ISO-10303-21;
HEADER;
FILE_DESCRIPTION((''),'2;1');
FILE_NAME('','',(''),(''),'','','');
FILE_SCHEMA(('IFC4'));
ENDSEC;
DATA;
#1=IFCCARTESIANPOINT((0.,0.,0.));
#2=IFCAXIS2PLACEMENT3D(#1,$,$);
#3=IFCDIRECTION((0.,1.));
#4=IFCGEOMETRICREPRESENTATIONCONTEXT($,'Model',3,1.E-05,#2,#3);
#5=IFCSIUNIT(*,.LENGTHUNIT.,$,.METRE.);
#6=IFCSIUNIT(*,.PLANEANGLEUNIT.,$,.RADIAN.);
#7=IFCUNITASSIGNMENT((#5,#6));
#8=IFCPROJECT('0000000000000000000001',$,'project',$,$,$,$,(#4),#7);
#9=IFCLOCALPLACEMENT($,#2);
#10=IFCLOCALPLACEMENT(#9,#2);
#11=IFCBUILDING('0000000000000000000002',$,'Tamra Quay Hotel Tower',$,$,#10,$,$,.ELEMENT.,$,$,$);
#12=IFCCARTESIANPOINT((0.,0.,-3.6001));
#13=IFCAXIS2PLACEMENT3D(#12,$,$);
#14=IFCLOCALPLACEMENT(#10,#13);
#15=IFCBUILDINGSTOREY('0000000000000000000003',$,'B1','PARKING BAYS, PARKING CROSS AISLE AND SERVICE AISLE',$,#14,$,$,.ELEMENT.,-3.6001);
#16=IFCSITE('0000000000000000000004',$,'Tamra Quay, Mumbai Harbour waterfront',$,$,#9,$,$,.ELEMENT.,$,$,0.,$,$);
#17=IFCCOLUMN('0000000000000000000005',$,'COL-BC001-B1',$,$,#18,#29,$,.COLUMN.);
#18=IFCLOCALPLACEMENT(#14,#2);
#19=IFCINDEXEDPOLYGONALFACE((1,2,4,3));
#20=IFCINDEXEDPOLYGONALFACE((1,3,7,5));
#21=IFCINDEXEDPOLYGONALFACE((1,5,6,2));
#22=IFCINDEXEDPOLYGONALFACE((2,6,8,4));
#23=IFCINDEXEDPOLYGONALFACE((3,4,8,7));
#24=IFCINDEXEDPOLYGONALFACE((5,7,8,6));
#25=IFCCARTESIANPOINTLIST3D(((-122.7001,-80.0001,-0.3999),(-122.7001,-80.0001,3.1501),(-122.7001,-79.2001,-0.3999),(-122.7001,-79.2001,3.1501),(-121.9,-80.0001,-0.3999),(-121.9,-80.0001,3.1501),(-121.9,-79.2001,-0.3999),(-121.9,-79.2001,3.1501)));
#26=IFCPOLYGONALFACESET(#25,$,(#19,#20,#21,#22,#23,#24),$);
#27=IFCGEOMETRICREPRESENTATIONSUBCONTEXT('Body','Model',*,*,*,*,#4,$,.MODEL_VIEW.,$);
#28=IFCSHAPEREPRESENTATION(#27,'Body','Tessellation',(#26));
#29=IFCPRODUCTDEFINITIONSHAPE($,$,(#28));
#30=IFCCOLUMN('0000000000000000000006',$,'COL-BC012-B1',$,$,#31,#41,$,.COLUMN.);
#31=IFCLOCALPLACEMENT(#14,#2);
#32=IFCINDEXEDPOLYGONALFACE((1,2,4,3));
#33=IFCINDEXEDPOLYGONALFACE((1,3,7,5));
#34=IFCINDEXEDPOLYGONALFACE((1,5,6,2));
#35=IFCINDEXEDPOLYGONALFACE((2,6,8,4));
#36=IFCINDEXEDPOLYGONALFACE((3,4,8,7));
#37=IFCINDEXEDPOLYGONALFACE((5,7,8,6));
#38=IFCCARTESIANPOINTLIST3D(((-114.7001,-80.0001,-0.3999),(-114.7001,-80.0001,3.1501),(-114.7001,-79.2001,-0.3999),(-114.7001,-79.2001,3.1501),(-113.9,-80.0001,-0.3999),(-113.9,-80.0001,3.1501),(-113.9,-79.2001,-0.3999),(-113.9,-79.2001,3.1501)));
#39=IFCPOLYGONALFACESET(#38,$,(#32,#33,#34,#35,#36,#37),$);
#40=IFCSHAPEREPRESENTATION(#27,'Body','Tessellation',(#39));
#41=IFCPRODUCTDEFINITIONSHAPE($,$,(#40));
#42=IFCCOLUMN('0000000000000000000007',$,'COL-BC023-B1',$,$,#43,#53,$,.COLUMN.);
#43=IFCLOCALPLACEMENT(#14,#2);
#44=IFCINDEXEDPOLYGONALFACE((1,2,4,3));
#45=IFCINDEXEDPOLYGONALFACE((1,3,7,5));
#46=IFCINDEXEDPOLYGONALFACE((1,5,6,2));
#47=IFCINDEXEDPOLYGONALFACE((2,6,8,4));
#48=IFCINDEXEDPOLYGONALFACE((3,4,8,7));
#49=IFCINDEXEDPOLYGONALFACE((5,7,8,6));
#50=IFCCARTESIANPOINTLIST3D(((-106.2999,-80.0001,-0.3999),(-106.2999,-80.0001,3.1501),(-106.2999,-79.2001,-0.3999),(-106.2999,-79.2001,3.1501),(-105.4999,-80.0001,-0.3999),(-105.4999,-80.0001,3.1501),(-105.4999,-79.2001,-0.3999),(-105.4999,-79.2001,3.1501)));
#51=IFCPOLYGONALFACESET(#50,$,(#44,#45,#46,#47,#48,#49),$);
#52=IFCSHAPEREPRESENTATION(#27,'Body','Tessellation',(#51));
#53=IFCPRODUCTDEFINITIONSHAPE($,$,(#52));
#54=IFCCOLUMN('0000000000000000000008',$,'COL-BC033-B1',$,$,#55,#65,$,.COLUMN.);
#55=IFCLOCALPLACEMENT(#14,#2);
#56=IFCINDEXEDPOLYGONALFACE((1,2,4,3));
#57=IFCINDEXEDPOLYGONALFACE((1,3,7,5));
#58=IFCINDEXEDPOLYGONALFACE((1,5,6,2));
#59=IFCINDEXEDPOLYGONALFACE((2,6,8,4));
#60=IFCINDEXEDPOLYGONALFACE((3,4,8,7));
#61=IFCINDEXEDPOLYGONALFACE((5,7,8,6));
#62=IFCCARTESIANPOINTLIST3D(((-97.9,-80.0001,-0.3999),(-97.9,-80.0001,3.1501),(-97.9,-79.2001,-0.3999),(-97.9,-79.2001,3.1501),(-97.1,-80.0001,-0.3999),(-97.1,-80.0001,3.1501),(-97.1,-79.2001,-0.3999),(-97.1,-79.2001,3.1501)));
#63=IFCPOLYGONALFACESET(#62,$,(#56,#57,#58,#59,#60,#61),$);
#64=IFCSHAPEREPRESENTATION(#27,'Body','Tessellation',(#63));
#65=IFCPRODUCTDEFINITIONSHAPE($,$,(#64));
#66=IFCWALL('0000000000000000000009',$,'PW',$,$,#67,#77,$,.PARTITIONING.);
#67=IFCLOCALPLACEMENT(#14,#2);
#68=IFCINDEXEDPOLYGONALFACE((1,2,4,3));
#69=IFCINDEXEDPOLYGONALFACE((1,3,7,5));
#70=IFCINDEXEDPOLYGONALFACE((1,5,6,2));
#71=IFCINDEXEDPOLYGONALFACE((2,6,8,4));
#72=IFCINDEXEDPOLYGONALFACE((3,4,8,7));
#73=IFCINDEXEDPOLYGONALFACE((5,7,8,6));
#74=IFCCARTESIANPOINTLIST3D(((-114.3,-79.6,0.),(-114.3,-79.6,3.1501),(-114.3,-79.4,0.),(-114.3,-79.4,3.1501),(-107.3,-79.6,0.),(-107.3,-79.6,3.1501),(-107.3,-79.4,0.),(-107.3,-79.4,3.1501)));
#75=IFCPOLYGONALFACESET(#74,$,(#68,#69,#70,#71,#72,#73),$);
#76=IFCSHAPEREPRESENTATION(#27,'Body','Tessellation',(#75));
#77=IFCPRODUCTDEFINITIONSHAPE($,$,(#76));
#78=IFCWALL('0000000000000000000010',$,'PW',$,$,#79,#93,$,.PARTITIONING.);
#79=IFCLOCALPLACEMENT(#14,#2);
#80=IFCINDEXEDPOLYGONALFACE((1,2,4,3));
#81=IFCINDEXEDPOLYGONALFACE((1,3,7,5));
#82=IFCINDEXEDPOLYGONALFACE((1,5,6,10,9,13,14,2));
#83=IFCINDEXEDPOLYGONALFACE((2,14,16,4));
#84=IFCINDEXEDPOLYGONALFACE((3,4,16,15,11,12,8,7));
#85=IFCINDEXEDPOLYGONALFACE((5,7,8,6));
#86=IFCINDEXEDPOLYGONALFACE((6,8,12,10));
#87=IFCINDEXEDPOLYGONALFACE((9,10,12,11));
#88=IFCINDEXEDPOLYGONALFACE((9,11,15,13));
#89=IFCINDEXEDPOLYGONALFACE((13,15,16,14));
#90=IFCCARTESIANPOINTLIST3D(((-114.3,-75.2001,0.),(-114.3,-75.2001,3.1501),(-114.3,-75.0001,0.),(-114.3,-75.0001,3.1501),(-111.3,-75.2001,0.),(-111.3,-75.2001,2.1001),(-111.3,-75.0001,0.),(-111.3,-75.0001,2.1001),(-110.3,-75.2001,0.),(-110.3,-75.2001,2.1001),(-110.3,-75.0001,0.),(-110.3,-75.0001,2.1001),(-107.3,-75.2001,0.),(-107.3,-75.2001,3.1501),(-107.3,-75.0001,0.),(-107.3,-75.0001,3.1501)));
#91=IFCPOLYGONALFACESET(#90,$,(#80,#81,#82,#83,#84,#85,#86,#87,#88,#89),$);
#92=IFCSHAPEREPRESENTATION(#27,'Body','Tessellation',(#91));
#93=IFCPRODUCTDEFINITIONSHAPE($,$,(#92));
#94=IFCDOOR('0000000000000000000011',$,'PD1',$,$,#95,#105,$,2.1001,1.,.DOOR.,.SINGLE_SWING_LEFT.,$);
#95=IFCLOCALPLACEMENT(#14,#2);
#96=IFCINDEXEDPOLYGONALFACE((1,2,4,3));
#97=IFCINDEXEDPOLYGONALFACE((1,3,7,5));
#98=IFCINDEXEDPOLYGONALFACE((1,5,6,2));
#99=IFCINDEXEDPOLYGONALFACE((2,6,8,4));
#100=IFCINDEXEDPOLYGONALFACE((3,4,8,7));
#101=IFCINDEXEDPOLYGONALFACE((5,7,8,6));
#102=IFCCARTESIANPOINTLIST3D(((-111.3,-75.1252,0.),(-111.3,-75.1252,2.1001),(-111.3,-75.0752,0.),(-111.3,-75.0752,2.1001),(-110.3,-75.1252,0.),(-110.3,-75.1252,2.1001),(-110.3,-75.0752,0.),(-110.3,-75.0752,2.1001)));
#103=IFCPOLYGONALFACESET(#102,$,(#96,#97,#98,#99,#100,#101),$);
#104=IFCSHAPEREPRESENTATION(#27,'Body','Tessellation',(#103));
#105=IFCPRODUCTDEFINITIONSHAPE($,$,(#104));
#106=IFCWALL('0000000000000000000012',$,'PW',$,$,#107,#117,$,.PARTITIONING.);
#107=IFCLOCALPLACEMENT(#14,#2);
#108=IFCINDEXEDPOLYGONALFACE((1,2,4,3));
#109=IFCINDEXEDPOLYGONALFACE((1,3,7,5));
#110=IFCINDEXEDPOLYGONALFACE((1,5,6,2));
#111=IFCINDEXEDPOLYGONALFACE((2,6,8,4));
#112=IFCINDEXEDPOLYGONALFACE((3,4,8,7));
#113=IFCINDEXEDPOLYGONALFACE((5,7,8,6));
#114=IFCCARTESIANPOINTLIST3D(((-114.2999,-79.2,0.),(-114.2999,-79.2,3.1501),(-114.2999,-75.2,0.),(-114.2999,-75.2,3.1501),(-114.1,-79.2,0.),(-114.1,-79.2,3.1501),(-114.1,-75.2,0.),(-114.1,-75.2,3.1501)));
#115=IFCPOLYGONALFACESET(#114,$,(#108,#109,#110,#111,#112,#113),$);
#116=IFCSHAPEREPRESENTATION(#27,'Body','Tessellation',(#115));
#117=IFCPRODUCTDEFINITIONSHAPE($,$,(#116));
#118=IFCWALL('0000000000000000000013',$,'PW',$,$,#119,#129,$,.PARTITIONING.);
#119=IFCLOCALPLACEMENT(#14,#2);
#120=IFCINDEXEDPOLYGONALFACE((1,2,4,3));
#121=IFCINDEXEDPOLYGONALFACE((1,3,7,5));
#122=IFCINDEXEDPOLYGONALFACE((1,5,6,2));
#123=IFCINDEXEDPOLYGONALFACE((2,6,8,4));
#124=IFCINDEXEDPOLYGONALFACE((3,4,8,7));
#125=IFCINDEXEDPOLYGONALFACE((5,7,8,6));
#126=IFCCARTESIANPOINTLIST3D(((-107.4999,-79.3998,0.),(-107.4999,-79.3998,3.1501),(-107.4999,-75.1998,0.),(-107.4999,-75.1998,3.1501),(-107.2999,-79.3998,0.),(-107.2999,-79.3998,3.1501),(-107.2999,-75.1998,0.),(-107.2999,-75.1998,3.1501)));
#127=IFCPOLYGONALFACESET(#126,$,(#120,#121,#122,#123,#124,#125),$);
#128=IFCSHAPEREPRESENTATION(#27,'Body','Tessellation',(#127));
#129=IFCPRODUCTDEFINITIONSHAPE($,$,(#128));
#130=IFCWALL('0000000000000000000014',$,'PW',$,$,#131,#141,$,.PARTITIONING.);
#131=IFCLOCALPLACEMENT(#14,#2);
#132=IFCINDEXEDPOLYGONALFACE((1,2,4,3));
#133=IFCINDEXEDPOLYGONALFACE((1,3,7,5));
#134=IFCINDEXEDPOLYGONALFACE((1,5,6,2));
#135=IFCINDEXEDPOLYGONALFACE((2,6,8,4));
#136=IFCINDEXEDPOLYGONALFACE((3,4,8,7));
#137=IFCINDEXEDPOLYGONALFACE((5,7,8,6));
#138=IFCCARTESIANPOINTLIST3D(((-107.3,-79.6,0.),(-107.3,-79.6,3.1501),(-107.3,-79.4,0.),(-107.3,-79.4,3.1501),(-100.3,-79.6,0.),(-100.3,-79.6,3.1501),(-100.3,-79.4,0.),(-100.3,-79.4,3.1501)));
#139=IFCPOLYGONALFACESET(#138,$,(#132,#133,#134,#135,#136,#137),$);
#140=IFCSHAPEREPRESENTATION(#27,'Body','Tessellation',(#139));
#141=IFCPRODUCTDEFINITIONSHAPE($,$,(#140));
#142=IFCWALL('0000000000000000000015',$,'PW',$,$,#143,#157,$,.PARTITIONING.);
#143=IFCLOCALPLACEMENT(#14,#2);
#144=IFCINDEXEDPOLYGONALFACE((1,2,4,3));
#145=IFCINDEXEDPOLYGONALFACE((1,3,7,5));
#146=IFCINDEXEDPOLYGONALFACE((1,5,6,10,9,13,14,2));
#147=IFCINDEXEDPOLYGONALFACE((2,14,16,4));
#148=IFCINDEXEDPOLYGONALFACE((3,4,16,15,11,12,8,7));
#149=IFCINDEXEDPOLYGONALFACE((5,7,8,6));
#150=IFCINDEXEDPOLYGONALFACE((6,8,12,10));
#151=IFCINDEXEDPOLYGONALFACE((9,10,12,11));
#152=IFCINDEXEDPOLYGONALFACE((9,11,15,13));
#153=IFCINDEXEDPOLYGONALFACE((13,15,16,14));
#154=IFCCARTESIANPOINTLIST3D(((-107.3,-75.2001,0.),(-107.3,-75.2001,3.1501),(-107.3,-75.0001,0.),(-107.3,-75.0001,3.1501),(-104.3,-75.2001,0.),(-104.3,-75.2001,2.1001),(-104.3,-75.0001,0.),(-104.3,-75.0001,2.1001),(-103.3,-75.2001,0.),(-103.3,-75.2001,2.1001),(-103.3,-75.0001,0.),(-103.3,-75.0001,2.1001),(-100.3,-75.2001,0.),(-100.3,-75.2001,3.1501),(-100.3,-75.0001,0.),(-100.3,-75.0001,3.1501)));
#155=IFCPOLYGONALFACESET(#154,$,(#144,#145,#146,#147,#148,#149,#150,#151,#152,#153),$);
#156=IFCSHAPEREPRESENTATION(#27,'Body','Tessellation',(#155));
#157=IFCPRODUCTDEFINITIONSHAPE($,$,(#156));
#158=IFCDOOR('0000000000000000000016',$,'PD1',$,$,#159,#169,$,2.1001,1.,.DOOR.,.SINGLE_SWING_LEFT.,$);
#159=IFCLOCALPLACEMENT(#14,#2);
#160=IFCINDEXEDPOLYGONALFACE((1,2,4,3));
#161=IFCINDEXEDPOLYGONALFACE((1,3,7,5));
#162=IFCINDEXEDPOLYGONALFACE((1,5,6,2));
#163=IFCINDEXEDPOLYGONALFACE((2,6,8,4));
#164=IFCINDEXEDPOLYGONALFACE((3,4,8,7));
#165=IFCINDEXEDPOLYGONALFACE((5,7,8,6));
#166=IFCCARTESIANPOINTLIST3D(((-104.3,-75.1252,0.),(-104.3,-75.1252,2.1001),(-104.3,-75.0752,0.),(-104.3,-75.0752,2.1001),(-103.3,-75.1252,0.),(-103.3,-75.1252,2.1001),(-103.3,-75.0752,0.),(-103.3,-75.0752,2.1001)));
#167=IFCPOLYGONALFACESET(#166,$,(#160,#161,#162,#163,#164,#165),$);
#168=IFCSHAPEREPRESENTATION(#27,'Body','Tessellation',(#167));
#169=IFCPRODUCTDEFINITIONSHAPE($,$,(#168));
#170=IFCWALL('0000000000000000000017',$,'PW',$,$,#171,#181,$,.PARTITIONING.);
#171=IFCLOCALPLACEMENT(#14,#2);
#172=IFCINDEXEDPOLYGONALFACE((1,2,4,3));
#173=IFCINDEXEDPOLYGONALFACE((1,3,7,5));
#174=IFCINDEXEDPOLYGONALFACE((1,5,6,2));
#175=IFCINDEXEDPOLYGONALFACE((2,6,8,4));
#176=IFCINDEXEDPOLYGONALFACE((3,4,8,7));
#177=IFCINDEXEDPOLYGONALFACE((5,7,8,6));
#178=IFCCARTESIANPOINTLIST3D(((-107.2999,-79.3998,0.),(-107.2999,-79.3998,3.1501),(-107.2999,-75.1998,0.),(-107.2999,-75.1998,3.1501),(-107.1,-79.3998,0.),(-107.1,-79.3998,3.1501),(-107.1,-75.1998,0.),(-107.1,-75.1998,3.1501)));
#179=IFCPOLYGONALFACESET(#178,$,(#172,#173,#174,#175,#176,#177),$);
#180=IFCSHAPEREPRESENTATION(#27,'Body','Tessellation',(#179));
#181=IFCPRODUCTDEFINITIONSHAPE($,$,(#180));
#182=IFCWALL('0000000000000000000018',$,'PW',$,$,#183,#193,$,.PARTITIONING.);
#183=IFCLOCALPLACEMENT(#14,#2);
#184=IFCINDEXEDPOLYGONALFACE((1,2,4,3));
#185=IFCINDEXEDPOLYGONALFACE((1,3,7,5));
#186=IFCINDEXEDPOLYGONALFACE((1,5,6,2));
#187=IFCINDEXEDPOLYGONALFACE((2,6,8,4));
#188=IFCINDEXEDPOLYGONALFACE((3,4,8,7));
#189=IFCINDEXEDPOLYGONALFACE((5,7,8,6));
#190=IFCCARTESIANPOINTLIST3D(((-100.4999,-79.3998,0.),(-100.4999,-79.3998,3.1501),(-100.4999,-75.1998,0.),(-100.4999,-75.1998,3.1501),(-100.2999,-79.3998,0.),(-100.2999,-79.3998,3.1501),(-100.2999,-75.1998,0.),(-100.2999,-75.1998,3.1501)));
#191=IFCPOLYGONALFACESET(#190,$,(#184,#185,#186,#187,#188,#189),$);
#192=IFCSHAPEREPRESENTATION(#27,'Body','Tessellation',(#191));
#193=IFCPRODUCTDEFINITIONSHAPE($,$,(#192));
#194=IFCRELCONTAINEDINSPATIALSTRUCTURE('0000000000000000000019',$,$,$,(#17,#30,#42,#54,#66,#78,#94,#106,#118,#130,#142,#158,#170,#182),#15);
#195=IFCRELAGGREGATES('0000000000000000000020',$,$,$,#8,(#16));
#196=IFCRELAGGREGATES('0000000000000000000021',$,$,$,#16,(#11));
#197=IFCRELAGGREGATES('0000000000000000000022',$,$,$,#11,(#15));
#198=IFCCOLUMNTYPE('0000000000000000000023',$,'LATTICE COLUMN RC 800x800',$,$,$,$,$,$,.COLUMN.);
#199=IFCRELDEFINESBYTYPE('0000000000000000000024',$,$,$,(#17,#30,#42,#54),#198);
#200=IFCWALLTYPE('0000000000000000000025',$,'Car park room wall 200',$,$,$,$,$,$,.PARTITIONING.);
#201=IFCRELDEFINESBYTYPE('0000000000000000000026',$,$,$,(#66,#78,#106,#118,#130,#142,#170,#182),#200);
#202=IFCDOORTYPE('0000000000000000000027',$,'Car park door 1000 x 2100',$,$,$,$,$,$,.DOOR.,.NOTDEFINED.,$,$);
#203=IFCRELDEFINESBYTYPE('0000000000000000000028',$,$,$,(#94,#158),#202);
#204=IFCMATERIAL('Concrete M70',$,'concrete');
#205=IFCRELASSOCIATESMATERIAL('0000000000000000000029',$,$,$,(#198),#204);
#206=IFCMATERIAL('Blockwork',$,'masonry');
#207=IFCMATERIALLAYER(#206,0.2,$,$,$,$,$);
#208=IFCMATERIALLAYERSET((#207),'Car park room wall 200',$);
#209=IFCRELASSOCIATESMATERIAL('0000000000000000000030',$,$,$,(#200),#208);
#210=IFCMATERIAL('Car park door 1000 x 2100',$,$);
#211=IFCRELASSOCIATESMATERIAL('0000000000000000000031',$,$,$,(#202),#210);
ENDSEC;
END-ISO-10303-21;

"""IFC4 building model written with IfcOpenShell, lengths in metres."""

from ifc_helpers import new_model, si_unit, direction, frame, frame_2d, origin, origin_2d, place, context, subcontext, project, spatial, rectangle, extrude, material, layer, layer_set, material_profile, profile_set, type_object, element, fill, save


model = new_model("IFC4")

# Units and contexts
model_context = context("Model", 3, precision=1e-05, world=origin(), true_north=direction((0.0, 1.0)))
body_context = subcontext(model_context, "Body", "Model", "MODEL_VIEW")
ifc_project = project(units=[si_unit("LENGTHUNIT", "METRE"), si_unit("PLANEANGLEUNIT", "RADIAN")], contexts=[model_context])

# Site, building, storey
site_placement = place(None, origin())
site = spatial("IfcSite", under=ifc_project, at=site_placement, Name="Tamra Quay, Mumbai Harbour waterfront", CompositionType="ELEMENT", RefElevation=0.0)
building_placement = place(site_placement, origin())
building = spatial("IfcBuilding", under=site, at=building_placement, Name="Tamra Quay Hotel Tower", CompositionType="ELEMENT")
storey_placement = place(building_placement, frame((0.0, 0.0, -3.6001)))
storey = spatial("IfcBuildingStorey", under=building, at=storey_placement, Name="B1", Description="PARKING BAYS, PARKING CROSS AISLE AND SERVICE AISLE", CompositionType="ELEMENT", Elevation=-3.6001)

# Columns
ifc_material_1 = material(Name="Concrete M70", Category="concrete")
ifc_material_profile = material_profile(ifc_material_1, rectangle(XDim=0.8, YDim=0.8, at=origin_2d()), Name="LATTICE COLUMN RC 800x800")
ifc_profile_set = profile_set([ifc_material_profile], Name="Concrete M70")
column_type = type_object("IfcColumnType", Name="LATTICE COLUMN RC 800x800", PredefinedType="COLUMN", material=ifc_profile_set)
for number, where, z_axis, x_axis, name in (
    (1, (-122.3, -79.6001, -0.3999), (0.0, 0.0, 1.0), (1.0, 0.0, 0.0), "COL-BC001-B1"),
    (2, (-114.3, -79.6001, -0.3999), (0.0, 0.0, 1.0), (1.0, 0.0, 0.0), "COL-BC012-B1"),
    (3, (-105.8999, -79.6001, -0.3999), (0.0, 0.0, 1.0), (1.0, 0.0, 0.0), "COL-BC023-B1"),
    (4, (-97.5, -79.6001, -0.3999), (0.0, 0.0, 1.0), (1.0, 0.0, 0.0), "COL-BC033-B1"),
):
    element("IfcColumn", number, at=place(storey_placement, frame(where, z_axis=z_axis, x_axis=x_axis)), inside=storey, type_object=column_type, Name=name, PredefinedType="COLUMN", context=body_context, shape_type="SweptSolid", body=[
        extrude(rectangle(XDim=0.8, YDim=0.8, at=origin_2d()), origin(), (0.0, 0.0, 1.0), 3.55),
    ])

# Wall
ifc_material_2 = material(Name="Blockwork", Category="masonry")
ifc_layer_1 = layer(ifc_material_2, 0.2)
ifc_layer_set_1 = layer_set([ifc_layer_1], Name="Car park room wall 200")
wall_type_1 = type_object("IfcWallType", Name="Car park room wall 200", PredefinedType="PARTITIONING", material=ifc_layer_set_1)
wall_1_placement = place(storey_placement, frame((-114.3, -79.5, 0.0), z_axis=(0.0, 0.0, 1.0), x_axis=(1.0, 0.0, 0.0)))
element("IfcWall", 5, at=wall_1_placement, inside=storey, type_object=wall_type_1, Name="PW", PredefinedType="PARTITIONING", context=body_context, shape_type="SweptSolid", body=[
    extrude(rectangle(XDim=7.0, YDim=0.2, at=frame_2d((3.5, 0.0))), origin(), (0.0, 0.0, 1.0), 3.1501),
])

# Wall, opening, door
wall_2_placement = place(storey_placement, frame((-114.3, -75.1001, 0.0), z_axis=(0.0, 0.0, 1.0), x_axis=(1.0, 0.0, 0.0)))
wall_2 = element("IfcWall", 6, at=wall_2_placement, inside=storey, type_object=wall_type_1, Name="PW", PredefinedType="PARTITIONING", context=body_context, shape_type="SweptSolid", body=[
    extrude(rectangle(XDim=7.0, YDim=0.2, at=frame_2d((3.5, 0.0))), origin(), (0.0, 0.0, 1.0), 3.1501),
])
opening_1_placement = place(wall_2_placement, frame((3.0, 0.0, 0.0)))
opening_1 = element("IfcOpeningElement", 7, at=opening_1_placement, cuts=wall_2, PredefinedType="OPENING", context=body_context, shape_type="SweptSolid", body=[
    extrude(rectangle(XDim=1.0, YDim=2.1001, at=frame_2d((0.5, 1.05))), frame((0.0, 0.1099, 0.0), z_axis=(0.0, -1.0, 0.0), x_axis=(1.0, 0.0, 0.0)), (0.0, 0.0, 1.0), 0.22),
])
ifc_material_3 = material(Name="Car park door 1000 x 2100")
door_type_1 = type_object("IfcDoorType", Name="Car park door 1000 x 2100", OperationType="NOTDEFINED", PredefinedType="DOOR", material=ifc_material_3)
door_1_placement = place(opening_1_placement, origin())
door_1 = element("IfcDoor", 8, at=door_1_placement, inside=storey, type_object=door_type_1, Name="PD1", OperationType="SINGLE_SWING_LEFT", OverallHeight=2.1001, OverallWidth=1.0, PredefinedType="DOOR", context=body_context, shape_type="SweptSolid", body=[
    extrude(rectangle(XDim=1.0, YDim=2.1001, at=frame_2d((0.5, 1.05))), frame((0.0, 0.0249, 0.0), z_axis=(0.0, -1.0, 0.0), x_axis=(1.0, 0.0, 0.0)), (0.0, 0.0, 1.0), 0.05),
])
fill(opening_1, door_1)

# Walls
wall_3_placement = place(storey_placement, frame((-114.2, -79.2, 0.0), z_axis=(0.0, 0.0, 1.0), x_axis=(0.0, 1.0, 0.0)))
element("IfcWall", 9, at=wall_3_placement, inside=storey, type_object=wall_type_1, Name="PW", PredefinedType="PARTITIONING", context=body_context, shape_type="SweptSolid", body=[
    extrude(rectangle(XDim=4.0, YDim=0.2, at=frame_2d((2.0, 0.0))), origin(), (0.0, 0.0, 1.0), 3.1501),
])
wall_4_placement = place(storey_placement, frame((-107.3999, -79.3999, 0.0), z_axis=(0.0, 0.0, 1.0), x_axis=(0.0, 1.0, 0.0)))
element("IfcWall", 10, at=wall_4_placement, inside=storey, type_object=wall_type_1, Name="PW", PredefinedType="PARTITIONING", context=body_context, shape_type="SweptSolid", body=[
    extrude(rectangle(XDim=4.2, YDim=0.2, at=frame_2d((2.1001, 0.0))), origin(), (0.0, 0.0, 1.0), 3.1501),
])
wall_5_placement = place(storey_placement, frame((-107.3, -79.5, 0.0), z_axis=(0.0, 0.0, 1.0), x_axis=(1.0, 0.0, 0.0)))
element("IfcWall", 11, at=wall_5_placement, inside=storey, type_object=wall_type_1, Name="PW", PredefinedType="PARTITIONING", context=body_context, shape_type="SweptSolid", body=[
    extrude(rectangle(XDim=7.0, YDim=0.2, at=frame_2d((3.5, 0.0))), origin(), (0.0, 0.0, 1.0), 3.1501),
])

# Wall, opening, door
wall_6_placement = place(storey_placement, frame((-107.3, -75.1001, 0.0), z_axis=(0.0, 0.0, 1.0), x_axis=(1.0, 0.0, 0.0)))
wall_6 = element("IfcWall", 12, at=wall_6_placement, inside=storey, type_object=wall_type_1, Name="PW", PredefinedType="PARTITIONING", context=body_context, shape_type="SweptSolid", body=[
    extrude(rectangle(XDim=7.0, YDim=0.2, at=frame_2d((3.5, 0.0))), origin(), (0.0, 0.0, 1.0), 3.1501),
])
opening_2_placement = place(wall_6_placement, frame((3.0, 0.0, 0.0)))
opening_2 = element("IfcOpeningElement", 13, at=opening_2_placement, cuts=wall_6, PredefinedType="OPENING", context=body_context, shape_type="SweptSolid", body=[
    extrude(rectangle(XDim=1.0, YDim=2.1001, at=frame_2d((0.5, 1.05))), frame((0.0, 0.1099, 0.0), z_axis=(0.0, -1.0, 0.0), x_axis=(1.0, 0.0, 0.0)), (0.0, 0.0, 1.0), 0.22),
])
door_2_placement = place(opening_2_placement, origin())
door_2 = element("IfcDoor", 14, at=door_2_placement, inside=storey, type_object=door_type_1, Name="PD1", OperationType="SINGLE_SWING_LEFT", OverallHeight=2.1001, OverallWidth=1.0, PredefinedType="DOOR", context=body_context, shape_type="SweptSolid", body=[
    extrude(rectangle(XDim=1.0, YDim=2.1001, at=frame_2d((0.5, 1.05))), frame((0.0, 0.0249, 0.0), z_axis=(0.0, -1.0, 0.0), x_axis=(1.0, 0.0, 0.0)), (0.0, 0.0, 1.0), 0.05),
])
fill(opening_2, door_2)

# Walls
for number, where, z_axis, x_axis, name in (
    (15, (-107.2, -79.3999, 0.0), (0.0, 0.0, 1.0), (0.0, 1.0, 0.0), "PW"),
    (16, (-100.3999, -79.3999, 0.0), (0.0, 0.0, 1.0), (0.0, 1.0, 0.0), "PW"),
):
    element("IfcWall", number, at=place(storey_placement, frame(where, z_axis=z_axis, x_axis=x_axis)), inside=storey, type_object=wall_type_1, Name=name, PredefinedType="PARTITIONING", context=body_context, shape_type="SweptSolid", body=[
        extrude(rectangle(XDim=4.2, YDim=0.2, at=frame_2d((2.1001, 0.0))), origin(), (0.0, 0.0, 1.0), 3.1501),
    ])

save(model, "model.ifc")
